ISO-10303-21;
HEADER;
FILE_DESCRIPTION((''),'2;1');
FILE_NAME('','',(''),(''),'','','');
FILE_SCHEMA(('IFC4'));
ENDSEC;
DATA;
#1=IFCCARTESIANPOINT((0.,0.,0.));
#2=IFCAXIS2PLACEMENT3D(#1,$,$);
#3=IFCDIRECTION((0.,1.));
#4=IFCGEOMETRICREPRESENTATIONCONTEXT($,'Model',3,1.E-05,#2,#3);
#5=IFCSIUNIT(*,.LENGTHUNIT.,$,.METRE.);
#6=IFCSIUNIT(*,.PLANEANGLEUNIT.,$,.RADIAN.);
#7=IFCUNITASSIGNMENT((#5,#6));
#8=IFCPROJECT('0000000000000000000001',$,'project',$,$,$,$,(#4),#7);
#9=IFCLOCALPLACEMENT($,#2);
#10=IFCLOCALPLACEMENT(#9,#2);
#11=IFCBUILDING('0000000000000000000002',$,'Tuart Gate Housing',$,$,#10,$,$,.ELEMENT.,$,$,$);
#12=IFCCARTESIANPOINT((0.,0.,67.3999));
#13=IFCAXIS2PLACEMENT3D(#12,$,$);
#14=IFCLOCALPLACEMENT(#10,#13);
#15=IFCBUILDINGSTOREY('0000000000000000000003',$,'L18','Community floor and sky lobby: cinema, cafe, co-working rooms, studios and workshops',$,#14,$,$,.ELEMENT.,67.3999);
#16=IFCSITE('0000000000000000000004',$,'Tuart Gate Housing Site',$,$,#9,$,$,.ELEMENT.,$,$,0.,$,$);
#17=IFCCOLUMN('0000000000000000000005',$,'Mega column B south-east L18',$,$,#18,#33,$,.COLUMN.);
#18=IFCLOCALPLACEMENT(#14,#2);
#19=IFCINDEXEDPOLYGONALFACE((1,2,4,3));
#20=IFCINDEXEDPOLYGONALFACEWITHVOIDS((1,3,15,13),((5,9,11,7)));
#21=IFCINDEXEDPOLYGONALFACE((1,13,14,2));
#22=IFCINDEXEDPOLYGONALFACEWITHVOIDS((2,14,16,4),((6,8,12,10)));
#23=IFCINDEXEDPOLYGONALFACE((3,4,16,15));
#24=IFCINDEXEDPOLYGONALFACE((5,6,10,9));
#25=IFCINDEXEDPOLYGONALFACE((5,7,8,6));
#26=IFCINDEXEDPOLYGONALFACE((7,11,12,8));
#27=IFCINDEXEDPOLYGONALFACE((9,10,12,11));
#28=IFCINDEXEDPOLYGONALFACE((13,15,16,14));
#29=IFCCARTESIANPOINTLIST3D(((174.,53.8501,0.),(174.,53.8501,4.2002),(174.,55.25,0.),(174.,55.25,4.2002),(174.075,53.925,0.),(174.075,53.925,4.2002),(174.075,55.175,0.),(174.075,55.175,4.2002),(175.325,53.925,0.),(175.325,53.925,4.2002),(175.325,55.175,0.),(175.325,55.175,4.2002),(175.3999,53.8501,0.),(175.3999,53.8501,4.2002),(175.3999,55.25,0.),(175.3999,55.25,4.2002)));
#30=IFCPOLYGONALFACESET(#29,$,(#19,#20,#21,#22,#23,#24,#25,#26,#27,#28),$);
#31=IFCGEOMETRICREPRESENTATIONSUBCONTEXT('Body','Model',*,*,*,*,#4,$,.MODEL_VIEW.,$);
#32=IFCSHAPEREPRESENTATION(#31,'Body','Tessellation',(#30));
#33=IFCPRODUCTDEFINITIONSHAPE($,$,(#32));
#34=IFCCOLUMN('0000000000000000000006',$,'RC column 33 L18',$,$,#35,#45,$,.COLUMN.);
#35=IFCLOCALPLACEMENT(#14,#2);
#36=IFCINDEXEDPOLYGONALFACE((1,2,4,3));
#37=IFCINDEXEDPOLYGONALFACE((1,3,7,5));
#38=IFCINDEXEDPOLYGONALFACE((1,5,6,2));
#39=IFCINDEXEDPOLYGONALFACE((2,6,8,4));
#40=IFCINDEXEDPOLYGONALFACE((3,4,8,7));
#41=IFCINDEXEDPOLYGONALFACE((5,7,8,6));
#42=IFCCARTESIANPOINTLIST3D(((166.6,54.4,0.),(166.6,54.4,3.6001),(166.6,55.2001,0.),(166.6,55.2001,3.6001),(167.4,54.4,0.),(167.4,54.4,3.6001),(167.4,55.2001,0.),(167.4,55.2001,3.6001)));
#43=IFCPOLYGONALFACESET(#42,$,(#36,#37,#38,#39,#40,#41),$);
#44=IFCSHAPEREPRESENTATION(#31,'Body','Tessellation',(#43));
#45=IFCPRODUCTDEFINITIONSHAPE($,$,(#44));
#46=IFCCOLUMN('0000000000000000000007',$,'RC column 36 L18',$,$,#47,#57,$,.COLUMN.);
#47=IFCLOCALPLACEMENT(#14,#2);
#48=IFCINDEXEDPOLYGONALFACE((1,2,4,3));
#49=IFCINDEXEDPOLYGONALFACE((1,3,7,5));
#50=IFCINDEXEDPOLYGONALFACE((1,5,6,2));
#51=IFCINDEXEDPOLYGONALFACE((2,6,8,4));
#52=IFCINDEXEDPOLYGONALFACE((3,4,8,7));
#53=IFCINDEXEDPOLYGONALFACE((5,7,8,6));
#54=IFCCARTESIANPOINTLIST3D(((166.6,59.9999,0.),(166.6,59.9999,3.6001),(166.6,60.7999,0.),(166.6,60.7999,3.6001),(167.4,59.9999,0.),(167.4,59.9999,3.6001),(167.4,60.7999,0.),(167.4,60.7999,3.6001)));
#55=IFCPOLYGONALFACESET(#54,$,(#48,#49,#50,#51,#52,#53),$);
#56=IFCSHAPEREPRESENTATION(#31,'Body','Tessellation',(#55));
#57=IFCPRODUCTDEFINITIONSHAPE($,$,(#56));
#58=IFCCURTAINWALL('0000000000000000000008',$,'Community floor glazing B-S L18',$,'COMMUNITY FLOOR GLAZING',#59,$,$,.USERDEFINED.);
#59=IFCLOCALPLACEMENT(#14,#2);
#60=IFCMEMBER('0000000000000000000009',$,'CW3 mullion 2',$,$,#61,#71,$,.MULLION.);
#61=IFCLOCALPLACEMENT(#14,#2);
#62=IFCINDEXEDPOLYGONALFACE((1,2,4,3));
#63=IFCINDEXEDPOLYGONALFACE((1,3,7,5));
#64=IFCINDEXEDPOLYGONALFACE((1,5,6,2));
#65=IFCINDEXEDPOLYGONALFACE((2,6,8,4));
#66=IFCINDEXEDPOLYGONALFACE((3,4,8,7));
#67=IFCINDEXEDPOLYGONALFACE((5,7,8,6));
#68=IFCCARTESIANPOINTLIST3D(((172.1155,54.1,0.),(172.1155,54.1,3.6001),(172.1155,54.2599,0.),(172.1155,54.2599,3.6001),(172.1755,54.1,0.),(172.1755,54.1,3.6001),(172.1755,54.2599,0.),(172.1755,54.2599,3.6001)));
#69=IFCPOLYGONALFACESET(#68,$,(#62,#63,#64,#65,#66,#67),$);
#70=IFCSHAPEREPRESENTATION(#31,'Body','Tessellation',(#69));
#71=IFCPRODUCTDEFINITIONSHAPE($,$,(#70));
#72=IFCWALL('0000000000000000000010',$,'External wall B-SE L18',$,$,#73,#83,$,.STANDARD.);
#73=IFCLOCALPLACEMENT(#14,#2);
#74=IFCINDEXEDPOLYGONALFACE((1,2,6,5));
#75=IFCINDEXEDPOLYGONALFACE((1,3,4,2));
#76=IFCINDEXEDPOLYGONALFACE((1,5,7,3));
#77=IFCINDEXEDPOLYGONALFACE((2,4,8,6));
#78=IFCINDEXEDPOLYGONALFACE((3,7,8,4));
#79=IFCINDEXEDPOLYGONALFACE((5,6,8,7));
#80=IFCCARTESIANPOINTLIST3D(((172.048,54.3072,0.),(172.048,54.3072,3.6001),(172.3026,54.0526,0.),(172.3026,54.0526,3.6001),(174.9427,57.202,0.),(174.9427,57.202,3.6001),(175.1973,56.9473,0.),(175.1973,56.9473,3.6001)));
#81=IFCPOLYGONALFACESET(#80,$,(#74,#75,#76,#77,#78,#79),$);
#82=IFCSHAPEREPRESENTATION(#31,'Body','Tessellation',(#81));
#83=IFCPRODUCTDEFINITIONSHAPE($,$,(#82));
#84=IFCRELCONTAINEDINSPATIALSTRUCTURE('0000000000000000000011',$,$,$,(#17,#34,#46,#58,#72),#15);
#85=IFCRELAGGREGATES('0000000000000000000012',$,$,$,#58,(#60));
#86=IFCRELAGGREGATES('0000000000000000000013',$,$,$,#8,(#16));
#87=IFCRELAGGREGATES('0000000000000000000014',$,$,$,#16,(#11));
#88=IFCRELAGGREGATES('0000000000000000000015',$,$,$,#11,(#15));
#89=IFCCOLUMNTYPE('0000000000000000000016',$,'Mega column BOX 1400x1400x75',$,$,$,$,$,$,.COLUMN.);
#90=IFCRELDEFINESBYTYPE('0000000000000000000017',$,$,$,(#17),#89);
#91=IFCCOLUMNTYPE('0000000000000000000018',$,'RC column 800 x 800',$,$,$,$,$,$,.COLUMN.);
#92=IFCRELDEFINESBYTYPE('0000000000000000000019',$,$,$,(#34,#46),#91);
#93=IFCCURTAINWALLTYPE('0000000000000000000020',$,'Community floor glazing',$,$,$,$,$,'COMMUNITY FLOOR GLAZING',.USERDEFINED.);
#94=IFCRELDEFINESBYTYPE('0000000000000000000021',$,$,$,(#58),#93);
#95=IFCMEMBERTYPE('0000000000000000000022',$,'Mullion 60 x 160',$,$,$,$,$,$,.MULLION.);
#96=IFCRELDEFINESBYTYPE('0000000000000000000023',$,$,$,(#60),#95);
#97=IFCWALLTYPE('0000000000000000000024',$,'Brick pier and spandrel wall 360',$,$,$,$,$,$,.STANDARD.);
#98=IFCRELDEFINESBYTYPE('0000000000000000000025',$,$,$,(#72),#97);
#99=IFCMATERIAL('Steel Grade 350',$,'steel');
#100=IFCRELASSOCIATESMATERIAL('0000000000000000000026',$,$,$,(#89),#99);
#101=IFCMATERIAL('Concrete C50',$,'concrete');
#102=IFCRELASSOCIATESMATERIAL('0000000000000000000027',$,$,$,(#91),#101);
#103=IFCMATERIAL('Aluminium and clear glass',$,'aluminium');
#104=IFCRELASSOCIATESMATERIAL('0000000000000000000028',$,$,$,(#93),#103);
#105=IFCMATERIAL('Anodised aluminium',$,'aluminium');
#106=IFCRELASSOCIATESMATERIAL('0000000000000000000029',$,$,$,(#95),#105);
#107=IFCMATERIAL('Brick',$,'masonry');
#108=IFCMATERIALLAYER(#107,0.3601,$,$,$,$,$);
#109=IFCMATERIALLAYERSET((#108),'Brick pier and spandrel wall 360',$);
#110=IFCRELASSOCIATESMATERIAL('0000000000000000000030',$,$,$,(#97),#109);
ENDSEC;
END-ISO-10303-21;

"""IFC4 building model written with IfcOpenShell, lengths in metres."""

from ifc_helpers import new_model, si_unit, direction, frame, frame_2d, origin, origin_2d, place, context, subcontext, project, spatial, rectangle, hollow_rectangle, extrude, material, layer, layer_set, material_profile, profile_set, type_object, element, aggregate, save


model = new_model("IFC4")

# Units and contexts
model_context = context("Model", 3, precision=1e-05, world=origin(), true_north=direction((0.0, 1.0)))
body_context = subcontext(model_context, "Body", "Model", "MODEL_VIEW")
ifc_project = project(units=[si_unit("LENGTHUNIT", "METRE"), si_unit("PLANEANGLEUNIT", "RADIAN")], contexts=[model_context])

# Site, building, storey
site_placement = place(None, origin())
site = spatial("IfcSite", under=ifc_project, at=site_placement, Name="Tuart Gate Housing Site", CompositionType="ELEMENT", RefElevation=0.0)
building_placement = place(site_placement, origin())
building = spatial("IfcBuilding", under=site, at=building_placement, Name="Tuart Gate Housing", CompositionType="ELEMENT")
storey_placement = place(building_placement, frame((0.0, 0.0, 67.3999)))
storey = spatial("IfcBuildingStorey", under=building, at=storey_placement, Name="L18", Description="Community floor and sky lobby: cinema, cafe, co-working rooms, studios and workshops", CompositionType="ELEMENT", Elevation=67.3999)

# Columns
ifc_material_1 = material(Name="Steel Grade 350", Category="steel")
ifc_material_profile_1 = material_profile(ifc_material_1, hollow_rectangle(XDim=1.3999, YDim=1.3999, WallThickness=0.075, at=origin_2d()), Name="BOX 1400x1400x75")
ifc_profile_set_1 = profile_set([ifc_material_profile_1], Name="Steel Grade 350")
column_type_1 = type_object("IfcColumnType", Name="Mega column BOX 1400x1400x75", PredefinedType="COLUMN", material=ifc_profile_set_1)
column_placement = place(storey_placement, frame((174.7, 54.55, 0.0), z_axis=(0.0, 0.0, 1.0), x_axis=(1.0, 0.0, 0.0)))
element("IfcColumn", 1, at=column_placement, inside=storey, type_object=column_type_1, Name="Mega column B south-east L18", PredefinedType="COLUMN", context=body_context, shape_type="SweptSolid", body=[
    extrude(hollow_rectangle(XDim=1.3999, YDim=1.3999, WallThickness=0.075, at=origin_2d()), origin(), (0.0, 0.0, 1.0), 4.2002),
])
ifc_material_2 = material(Name="Concrete C50", Category="concrete")
ifc_material_profile_2 = material_profile(ifc_material_2, rectangle(XDim=0.8, YDim=0.8, at=origin_2d()), Name="RC column 800 x 800")
ifc_profile_set_2 = profile_set([ifc_material_profile_2], Name="Concrete C50")
column_type_2 = type_object("IfcColumnType", Name="RC column 800 x 800", PredefinedType="COLUMN", material=ifc_profile_set_2)
for number, where, z_axis, x_axis, name in (
    (2, (167.0, 54.8, 0.0), (0.0, 0.0, 1.0), (1.0, 0.0, 0.0), "RC column 33 L18"),
    (3, (167.0, 60.3999, 0.0), (0.0, 0.0, 1.0), (1.0, 0.0, 0.0), "RC column 36 L18"),
):
    element("IfcColumn", number, at=place(storey_placement, frame(where, z_axis=z_axis, x_axis=x_axis)), inside=storey, type_object=column_type_2, Name=name, PredefinedType="COLUMN", context=body_context, shape_type="SweptSolid", body=[
        extrude(rectangle(XDim=0.8, YDim=0.8, at=origin_2d()), origin(), (0.0, 0.0, 1.0), 3.6001),
    ])

# Curtain wall, member
ifc_material_3 = material(Name="Aluminium and clear glass", Category="aluminium")
curtain_wall_type = type_object("IfcCurtainWallType", Name="Community floor glazing", ElementType="COMMUNITY FLOOR GLAZING", PredefinedType="USERDEFINED", material=ifc_material_3)
curtain_wall_placement = place(storey_placement, origin())
curtain_wall = element("IfcCurtainWall", 4, at=curtain_wall_placement, inside=storey, type_object=curtain_wall_type, Name="Community floor glazing B-S L18", ObjectType="COMMUNITY FLOOR GLAZING", PredefinedType="USERDEFINED")
ifc_material_4 = material(Name="Anodised aluminium", Category="aluminium")
ifc_material_profile_3 = material_profile(ifc_material_4, rectangle(XDim=0.0601, YDim=0.1599, at=origin_2d()), Name="60x160")
ifc_profile_set_3 = profile_set([ifc_material_profile_3], Name="Anodised aluminium")
member_type = type_object("IfcMemberType", Name="Mullion 60 x 160", PredefinedType="MULLION", material=ifc_profile_set_3)
member_placement = place(storey_placement, frame((172.1455, 54.1799, 0.0), z_axis=(0.0, 0.0, 1.0), x_axis=(1.0, 0.0, 0.0)))
member = element("IfcMember", 5, at=member_placement, type_object=member_type, Name="CW3 mullion 2", PredefinedType="MULLION", context=body_context, shape_type="SweptSolid", body=[
    extrude(rectangle(XDim=0.0601, YDim=0.1599, at=origin_2d()), origin(), (0.0, 0.0, 1.0), 3.6001),
])
aggregate(curtain_wall, [member])

# Wall
ifc_material_5 = material(Name="Brick", Category="masonry")
ifc_layer_1 = layer(ifc_material_5, 0.3601)
ifc_layer_set_1 = layer_set([ifc_layer_1], Name="Brick pier and spandrel wall 360")
wall_type_1 = type_object("IfcWallType", Name="Brick pier and spandrel wall 360", PredefinedType="STANDARD", material=ifc_layer_set_1)
wall_1_placement = place(storey_placement, frame((172.1753, 54.1799, 0.0), z_axis=(0.0, 0.0, 1.0), x_axis=(0.707107, 0.707107, 0.0)))
element("IfcWall", 6, at=wall_1_placement, inside=storey, type_object=wall_type_1, Name="External wall B-SE L18", PredefinedType="STANDARD", context=body_context, shape_type="SweptSolid", body=[
    extrude(rectangle(XDim=4.0938, YDim=0.3601, at=frame_2d((2.0469, 0.0))), origin(), (0.0, 0.0, 1.0), 3.6001),
])

save(model, "model.ifc")
